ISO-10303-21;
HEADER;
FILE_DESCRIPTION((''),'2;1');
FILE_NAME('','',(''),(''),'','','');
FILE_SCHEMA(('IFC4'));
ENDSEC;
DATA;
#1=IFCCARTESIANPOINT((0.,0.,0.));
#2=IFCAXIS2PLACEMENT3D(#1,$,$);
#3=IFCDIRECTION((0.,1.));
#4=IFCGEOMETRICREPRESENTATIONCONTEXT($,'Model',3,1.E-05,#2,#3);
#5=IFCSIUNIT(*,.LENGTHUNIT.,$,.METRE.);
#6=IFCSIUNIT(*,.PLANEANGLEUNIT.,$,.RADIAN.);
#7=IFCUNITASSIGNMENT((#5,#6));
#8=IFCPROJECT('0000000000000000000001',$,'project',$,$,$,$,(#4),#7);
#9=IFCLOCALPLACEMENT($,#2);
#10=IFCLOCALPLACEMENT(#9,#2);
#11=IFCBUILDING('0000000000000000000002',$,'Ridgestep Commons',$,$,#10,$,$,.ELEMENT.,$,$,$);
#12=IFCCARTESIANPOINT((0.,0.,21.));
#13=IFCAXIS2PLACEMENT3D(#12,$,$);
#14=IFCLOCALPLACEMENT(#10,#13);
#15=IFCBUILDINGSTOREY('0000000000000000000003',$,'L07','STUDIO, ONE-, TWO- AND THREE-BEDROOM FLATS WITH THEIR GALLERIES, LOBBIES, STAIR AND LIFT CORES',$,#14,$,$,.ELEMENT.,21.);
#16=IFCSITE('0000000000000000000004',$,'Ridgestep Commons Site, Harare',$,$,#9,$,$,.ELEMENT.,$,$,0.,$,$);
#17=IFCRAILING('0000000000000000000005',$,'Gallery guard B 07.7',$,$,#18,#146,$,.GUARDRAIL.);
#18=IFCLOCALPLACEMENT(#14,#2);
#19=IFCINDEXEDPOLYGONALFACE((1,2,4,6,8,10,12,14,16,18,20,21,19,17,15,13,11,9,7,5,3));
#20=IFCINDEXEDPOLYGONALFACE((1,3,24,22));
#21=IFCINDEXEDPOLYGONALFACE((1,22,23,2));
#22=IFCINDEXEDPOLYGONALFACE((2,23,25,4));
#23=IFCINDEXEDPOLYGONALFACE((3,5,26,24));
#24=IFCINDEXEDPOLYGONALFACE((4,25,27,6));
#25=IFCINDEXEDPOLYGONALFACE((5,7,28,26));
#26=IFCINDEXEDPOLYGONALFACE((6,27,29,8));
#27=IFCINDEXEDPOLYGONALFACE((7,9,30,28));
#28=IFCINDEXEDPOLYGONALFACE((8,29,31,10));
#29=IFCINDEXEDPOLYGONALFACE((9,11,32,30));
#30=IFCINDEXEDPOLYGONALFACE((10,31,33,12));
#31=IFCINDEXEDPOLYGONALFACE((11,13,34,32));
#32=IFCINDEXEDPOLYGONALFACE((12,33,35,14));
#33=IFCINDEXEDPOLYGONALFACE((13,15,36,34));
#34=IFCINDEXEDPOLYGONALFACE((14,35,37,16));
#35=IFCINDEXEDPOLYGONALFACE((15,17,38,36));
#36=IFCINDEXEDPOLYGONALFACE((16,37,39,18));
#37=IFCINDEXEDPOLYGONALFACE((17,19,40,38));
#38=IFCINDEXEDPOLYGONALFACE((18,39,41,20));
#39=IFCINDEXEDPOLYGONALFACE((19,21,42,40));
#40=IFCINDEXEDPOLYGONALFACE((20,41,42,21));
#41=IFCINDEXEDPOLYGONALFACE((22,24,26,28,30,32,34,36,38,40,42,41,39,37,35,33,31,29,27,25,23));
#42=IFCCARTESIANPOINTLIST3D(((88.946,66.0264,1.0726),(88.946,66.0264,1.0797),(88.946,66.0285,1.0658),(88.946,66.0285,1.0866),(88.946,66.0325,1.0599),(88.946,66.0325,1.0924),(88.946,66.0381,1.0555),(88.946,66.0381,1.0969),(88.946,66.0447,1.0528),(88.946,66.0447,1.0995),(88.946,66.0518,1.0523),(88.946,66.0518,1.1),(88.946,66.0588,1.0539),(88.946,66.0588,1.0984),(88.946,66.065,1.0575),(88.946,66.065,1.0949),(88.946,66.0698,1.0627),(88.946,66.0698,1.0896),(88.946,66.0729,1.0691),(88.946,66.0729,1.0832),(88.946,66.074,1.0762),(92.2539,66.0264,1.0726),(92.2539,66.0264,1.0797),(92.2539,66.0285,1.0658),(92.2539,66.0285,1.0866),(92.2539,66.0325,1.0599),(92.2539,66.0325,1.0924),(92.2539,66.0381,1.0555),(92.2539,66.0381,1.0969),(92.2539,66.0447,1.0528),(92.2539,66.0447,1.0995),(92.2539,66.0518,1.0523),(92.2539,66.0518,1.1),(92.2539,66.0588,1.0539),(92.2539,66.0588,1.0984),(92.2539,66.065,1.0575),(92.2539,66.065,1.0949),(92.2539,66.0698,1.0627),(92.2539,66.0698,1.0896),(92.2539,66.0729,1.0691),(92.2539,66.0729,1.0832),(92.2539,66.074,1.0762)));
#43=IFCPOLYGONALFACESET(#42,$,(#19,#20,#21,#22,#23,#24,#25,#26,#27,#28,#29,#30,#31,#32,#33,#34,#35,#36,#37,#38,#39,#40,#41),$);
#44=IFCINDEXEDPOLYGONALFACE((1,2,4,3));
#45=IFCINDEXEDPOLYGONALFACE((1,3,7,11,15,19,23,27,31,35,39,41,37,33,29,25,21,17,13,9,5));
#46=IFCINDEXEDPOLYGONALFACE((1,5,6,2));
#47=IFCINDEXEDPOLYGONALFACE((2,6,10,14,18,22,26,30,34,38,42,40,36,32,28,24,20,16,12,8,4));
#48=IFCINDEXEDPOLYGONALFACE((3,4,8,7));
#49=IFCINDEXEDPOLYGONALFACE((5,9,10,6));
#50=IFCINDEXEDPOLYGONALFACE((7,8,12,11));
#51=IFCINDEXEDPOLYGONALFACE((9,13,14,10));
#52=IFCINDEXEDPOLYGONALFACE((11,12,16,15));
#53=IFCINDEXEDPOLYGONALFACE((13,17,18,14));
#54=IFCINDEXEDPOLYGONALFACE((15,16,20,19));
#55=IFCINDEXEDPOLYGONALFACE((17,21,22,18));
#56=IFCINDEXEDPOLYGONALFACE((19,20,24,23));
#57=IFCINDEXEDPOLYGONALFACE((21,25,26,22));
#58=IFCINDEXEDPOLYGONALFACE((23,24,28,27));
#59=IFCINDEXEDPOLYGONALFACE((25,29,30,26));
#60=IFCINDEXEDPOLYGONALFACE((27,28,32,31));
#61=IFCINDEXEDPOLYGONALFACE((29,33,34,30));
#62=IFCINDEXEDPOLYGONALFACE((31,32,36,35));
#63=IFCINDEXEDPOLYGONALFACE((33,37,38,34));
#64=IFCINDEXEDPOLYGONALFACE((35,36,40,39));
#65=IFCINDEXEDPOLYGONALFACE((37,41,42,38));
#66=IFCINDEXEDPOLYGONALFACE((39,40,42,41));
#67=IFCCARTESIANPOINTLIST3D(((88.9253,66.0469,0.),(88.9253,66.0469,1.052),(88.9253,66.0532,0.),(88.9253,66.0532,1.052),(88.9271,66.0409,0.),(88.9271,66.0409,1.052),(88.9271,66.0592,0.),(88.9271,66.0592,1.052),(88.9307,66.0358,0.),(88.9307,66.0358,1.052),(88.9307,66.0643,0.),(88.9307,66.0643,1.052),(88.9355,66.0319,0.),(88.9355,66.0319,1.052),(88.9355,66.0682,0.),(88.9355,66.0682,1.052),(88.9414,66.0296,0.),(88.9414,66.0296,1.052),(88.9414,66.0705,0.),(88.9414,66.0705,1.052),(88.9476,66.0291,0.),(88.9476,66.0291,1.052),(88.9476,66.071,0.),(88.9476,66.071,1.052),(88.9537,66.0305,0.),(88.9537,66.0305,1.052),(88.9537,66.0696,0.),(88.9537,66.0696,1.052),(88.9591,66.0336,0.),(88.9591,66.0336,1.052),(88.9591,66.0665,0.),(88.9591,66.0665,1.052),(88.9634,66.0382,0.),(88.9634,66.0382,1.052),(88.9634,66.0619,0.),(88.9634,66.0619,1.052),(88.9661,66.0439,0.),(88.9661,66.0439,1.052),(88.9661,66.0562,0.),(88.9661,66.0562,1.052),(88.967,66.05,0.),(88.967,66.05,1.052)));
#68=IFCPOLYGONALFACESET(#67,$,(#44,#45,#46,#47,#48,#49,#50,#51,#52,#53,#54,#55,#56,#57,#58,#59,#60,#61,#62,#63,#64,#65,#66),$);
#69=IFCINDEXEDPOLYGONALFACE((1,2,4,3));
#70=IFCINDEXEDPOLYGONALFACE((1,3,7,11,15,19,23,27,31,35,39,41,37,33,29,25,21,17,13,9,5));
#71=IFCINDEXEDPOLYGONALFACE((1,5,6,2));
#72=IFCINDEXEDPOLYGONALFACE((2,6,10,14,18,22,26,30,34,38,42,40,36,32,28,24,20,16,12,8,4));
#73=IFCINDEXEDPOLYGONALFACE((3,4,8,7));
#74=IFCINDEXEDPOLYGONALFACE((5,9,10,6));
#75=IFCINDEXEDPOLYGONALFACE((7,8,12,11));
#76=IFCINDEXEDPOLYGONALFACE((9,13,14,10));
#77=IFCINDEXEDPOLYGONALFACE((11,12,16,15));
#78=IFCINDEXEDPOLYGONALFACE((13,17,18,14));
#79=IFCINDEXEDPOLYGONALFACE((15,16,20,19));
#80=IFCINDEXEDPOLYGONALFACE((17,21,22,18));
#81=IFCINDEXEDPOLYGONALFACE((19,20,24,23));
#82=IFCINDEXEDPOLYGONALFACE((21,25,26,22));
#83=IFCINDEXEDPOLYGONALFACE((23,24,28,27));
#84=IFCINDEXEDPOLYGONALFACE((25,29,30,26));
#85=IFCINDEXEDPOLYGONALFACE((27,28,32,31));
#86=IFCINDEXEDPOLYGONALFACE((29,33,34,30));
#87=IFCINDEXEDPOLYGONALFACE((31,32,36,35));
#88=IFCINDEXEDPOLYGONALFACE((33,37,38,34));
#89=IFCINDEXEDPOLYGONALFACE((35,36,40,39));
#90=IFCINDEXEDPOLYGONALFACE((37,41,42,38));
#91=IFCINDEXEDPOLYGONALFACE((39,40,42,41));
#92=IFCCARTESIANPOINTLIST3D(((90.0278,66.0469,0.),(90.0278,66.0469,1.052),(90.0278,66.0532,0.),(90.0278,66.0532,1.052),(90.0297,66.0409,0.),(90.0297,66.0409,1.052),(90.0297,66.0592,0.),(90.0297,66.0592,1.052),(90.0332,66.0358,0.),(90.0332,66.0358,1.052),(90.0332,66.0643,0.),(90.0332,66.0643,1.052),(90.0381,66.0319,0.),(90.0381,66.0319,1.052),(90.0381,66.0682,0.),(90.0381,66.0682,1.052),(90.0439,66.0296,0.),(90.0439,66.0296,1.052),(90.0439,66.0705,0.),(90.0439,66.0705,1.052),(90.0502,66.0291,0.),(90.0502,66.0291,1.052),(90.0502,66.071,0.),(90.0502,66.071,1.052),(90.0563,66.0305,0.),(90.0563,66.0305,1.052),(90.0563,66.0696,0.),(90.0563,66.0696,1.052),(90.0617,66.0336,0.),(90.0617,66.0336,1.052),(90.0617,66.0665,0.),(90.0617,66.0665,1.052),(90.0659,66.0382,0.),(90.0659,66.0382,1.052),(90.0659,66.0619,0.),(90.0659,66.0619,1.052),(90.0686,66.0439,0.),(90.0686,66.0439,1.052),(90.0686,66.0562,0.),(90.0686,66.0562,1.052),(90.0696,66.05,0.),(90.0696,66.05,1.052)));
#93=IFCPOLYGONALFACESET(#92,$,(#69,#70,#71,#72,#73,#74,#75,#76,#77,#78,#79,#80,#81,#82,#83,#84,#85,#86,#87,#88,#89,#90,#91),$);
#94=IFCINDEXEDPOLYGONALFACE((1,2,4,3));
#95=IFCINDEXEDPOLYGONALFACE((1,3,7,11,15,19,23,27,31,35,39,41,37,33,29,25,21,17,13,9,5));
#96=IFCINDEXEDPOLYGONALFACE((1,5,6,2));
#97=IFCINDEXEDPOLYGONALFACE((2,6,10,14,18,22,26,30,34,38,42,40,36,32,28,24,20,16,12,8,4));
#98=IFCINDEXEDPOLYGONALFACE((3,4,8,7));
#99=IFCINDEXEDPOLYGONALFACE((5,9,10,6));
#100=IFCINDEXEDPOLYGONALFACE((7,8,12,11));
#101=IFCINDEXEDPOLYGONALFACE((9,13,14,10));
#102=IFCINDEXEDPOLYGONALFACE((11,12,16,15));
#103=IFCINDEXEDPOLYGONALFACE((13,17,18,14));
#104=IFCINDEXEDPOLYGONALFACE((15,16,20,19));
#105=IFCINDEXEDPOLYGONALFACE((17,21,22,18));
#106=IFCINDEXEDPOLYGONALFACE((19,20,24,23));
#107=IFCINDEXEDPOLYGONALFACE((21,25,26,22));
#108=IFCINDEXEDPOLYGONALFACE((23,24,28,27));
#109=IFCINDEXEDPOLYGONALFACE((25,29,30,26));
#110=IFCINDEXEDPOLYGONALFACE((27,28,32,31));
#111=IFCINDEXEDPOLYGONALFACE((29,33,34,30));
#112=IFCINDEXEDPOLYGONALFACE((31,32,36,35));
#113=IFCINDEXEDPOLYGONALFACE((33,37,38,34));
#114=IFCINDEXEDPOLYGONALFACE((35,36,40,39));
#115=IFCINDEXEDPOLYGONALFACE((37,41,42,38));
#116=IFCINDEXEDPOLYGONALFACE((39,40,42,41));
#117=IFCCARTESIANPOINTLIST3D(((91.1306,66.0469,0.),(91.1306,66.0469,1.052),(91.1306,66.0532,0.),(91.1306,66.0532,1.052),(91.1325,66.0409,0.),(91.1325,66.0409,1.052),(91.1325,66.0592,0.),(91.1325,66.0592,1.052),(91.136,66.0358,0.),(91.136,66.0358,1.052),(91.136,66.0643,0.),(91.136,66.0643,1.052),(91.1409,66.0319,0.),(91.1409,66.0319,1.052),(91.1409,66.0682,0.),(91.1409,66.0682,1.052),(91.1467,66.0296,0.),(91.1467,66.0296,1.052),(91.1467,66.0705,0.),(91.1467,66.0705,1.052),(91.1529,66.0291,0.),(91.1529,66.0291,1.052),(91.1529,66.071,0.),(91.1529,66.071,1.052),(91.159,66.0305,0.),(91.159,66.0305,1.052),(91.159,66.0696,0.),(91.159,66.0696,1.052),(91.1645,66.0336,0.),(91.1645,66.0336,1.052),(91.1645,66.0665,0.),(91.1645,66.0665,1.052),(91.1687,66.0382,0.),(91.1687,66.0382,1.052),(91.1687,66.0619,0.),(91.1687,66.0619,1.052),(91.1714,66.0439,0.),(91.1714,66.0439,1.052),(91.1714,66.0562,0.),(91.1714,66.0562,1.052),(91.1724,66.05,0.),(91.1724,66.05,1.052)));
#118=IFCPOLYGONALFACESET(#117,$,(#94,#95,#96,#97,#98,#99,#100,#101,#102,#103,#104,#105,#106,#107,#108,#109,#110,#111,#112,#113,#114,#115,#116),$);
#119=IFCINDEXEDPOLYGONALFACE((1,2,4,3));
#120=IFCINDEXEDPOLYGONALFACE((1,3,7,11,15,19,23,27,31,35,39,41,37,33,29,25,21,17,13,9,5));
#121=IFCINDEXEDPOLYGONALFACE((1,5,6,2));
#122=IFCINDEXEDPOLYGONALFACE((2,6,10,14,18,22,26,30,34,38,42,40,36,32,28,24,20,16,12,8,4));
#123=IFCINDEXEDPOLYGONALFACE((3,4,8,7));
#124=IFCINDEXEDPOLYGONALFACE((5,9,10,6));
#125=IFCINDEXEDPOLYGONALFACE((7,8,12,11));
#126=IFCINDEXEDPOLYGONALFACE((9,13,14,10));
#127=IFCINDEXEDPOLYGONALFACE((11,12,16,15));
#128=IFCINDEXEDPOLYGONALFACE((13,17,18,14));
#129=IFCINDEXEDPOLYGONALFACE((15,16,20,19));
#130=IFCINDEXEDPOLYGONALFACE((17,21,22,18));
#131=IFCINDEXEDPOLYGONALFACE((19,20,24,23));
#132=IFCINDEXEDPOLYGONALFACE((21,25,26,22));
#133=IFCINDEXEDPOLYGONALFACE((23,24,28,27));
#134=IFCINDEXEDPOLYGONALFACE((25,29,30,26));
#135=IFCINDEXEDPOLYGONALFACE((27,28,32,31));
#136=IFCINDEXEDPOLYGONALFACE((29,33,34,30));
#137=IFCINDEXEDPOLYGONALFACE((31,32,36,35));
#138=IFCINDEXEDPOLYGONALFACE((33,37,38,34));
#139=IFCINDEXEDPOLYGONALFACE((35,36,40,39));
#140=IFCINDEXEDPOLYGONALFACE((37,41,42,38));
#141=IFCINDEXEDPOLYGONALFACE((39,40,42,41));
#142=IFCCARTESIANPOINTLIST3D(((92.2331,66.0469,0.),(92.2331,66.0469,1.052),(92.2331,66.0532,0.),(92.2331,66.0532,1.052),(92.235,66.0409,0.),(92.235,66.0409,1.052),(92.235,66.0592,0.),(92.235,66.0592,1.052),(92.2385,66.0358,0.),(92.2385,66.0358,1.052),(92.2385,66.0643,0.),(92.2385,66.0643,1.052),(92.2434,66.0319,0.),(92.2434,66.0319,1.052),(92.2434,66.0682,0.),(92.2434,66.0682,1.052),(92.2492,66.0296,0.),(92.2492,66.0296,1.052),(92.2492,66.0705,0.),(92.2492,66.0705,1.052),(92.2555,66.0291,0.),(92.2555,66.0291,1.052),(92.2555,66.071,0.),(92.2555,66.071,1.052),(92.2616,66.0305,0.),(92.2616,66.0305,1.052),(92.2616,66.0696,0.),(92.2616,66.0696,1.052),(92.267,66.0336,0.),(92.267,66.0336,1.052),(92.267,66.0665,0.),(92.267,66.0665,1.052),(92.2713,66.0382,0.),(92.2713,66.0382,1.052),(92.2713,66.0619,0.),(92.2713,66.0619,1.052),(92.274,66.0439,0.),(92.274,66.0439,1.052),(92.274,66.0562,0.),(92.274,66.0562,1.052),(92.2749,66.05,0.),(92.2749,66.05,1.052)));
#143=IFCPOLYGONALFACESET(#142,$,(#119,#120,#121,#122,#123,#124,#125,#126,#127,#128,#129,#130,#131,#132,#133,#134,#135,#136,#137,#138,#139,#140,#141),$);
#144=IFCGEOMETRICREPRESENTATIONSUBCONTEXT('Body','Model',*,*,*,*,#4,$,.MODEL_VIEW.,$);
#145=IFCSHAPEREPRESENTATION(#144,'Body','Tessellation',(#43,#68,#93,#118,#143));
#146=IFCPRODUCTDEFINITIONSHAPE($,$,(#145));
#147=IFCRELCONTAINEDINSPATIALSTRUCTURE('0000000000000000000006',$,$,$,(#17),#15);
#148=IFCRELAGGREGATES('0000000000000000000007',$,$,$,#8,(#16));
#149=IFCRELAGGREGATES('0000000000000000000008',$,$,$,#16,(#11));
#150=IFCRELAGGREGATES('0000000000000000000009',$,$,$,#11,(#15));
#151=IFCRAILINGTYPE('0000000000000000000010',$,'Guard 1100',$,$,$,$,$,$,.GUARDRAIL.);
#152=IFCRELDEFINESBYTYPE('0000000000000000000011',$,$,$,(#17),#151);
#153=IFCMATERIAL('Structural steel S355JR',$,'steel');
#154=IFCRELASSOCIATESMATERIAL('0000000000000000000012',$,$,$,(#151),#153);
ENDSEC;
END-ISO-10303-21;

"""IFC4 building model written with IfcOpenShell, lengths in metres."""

from ifc_helpers import new_model, si_unit, direction, frame, origin, origin_2d, place, context, subcontext, project, spatial, circle, extrude, material, type_object, element, save


model = new_model("IFC4")

# Units and contexts
model_context = context("Model", 3, precision=1e-05, world=origin(), true_north=direction((0.0, 1.0)))
body_context = subcontext(model_context, "Body", "Model", "MODEL_VIEW")
ifc_project = project(units=[si_unit("LENGTHUNIT", "METRE"), si_unit("PLANEANGLEUNIT", "RADIAN")], contexts=[model_context])

# Site, building, storey
site_placement = place(None, origin())
site = spatial("IfcSite", under=ifc_project, at=site_placement, Name="Ridgestep Commons Site, Harare", CompositionType="ELEMENT", RefElevation=0.0)
building_placement = place(site_placement, origin())
building = spatial("IfcBuilding", under=site, at=building_placement, Name="Ridgestep Commons", CompositionType="ELEMENT")
storey_placement = place(building_placement, frame((0.0, 0.0, 21.0)))
storey = spatial("IfcBuildingStorey", under=building, at=storey_placement, Name="L07", Description="STUDIO, ONE-, TWO- AND THREE-BEDROOM FLATS WITH THEIR GALLERIES, LOBBIES, STAIR AND LIFT CORES", CompositionType="ELEMENT", Elevation=21.0)

# Railing
ifc_material_1 = material(Name="Structural steel S355JR", Category="steel")
railing_type = type_object("IfcRailingType", Name="Guard 1100", PredefinedType="GUARDRAIL", material=ifc_material_1)
railing_1_placement = place(storey_placement, frame((88.946, 66.05, 0.0)))
element("IfcRailing", 1, at=railing_1_placement, inside=storey, type_object=railing_type, Name="Gallery guard B 07.7", PredefinedType="GUARDRAIL", context=body_context, shape_type="SweptSolid", body=[
    extrude(circle(Radius=0.0239, at=origin_2d()), frame((0.0, 0.0, 1.0762), z_axis=(1.0, 0.0, 0.0), x_axis=(0.0, 1.0, 0.0)), (0.0, 0.0, 1.0), 3.3079),
    extrude(circle(Radius=0.021, at=origin_2d()), origin(), (0.0, 0.0, 1.0), 1.052),
    extrude(circle(Radius=0.021, at=origin_2d()), frame((1.1025, 0.0, 0.0)), (0.0, 0.0, 1.0), 1.052),
    extrude(circle(Radius=0.021, at=origin_2d()), frame((2.2053, 0.0, 0.0)), (0.0, 0.0, 1.0), 1.052),
    extrude(circle(Radius=0.021, at=origin_2d()), frame((3.3079, 0.0, 0.0)), (0.0, 0.0, 1.0), 1.052),
])

save(model, "model.ifc")
